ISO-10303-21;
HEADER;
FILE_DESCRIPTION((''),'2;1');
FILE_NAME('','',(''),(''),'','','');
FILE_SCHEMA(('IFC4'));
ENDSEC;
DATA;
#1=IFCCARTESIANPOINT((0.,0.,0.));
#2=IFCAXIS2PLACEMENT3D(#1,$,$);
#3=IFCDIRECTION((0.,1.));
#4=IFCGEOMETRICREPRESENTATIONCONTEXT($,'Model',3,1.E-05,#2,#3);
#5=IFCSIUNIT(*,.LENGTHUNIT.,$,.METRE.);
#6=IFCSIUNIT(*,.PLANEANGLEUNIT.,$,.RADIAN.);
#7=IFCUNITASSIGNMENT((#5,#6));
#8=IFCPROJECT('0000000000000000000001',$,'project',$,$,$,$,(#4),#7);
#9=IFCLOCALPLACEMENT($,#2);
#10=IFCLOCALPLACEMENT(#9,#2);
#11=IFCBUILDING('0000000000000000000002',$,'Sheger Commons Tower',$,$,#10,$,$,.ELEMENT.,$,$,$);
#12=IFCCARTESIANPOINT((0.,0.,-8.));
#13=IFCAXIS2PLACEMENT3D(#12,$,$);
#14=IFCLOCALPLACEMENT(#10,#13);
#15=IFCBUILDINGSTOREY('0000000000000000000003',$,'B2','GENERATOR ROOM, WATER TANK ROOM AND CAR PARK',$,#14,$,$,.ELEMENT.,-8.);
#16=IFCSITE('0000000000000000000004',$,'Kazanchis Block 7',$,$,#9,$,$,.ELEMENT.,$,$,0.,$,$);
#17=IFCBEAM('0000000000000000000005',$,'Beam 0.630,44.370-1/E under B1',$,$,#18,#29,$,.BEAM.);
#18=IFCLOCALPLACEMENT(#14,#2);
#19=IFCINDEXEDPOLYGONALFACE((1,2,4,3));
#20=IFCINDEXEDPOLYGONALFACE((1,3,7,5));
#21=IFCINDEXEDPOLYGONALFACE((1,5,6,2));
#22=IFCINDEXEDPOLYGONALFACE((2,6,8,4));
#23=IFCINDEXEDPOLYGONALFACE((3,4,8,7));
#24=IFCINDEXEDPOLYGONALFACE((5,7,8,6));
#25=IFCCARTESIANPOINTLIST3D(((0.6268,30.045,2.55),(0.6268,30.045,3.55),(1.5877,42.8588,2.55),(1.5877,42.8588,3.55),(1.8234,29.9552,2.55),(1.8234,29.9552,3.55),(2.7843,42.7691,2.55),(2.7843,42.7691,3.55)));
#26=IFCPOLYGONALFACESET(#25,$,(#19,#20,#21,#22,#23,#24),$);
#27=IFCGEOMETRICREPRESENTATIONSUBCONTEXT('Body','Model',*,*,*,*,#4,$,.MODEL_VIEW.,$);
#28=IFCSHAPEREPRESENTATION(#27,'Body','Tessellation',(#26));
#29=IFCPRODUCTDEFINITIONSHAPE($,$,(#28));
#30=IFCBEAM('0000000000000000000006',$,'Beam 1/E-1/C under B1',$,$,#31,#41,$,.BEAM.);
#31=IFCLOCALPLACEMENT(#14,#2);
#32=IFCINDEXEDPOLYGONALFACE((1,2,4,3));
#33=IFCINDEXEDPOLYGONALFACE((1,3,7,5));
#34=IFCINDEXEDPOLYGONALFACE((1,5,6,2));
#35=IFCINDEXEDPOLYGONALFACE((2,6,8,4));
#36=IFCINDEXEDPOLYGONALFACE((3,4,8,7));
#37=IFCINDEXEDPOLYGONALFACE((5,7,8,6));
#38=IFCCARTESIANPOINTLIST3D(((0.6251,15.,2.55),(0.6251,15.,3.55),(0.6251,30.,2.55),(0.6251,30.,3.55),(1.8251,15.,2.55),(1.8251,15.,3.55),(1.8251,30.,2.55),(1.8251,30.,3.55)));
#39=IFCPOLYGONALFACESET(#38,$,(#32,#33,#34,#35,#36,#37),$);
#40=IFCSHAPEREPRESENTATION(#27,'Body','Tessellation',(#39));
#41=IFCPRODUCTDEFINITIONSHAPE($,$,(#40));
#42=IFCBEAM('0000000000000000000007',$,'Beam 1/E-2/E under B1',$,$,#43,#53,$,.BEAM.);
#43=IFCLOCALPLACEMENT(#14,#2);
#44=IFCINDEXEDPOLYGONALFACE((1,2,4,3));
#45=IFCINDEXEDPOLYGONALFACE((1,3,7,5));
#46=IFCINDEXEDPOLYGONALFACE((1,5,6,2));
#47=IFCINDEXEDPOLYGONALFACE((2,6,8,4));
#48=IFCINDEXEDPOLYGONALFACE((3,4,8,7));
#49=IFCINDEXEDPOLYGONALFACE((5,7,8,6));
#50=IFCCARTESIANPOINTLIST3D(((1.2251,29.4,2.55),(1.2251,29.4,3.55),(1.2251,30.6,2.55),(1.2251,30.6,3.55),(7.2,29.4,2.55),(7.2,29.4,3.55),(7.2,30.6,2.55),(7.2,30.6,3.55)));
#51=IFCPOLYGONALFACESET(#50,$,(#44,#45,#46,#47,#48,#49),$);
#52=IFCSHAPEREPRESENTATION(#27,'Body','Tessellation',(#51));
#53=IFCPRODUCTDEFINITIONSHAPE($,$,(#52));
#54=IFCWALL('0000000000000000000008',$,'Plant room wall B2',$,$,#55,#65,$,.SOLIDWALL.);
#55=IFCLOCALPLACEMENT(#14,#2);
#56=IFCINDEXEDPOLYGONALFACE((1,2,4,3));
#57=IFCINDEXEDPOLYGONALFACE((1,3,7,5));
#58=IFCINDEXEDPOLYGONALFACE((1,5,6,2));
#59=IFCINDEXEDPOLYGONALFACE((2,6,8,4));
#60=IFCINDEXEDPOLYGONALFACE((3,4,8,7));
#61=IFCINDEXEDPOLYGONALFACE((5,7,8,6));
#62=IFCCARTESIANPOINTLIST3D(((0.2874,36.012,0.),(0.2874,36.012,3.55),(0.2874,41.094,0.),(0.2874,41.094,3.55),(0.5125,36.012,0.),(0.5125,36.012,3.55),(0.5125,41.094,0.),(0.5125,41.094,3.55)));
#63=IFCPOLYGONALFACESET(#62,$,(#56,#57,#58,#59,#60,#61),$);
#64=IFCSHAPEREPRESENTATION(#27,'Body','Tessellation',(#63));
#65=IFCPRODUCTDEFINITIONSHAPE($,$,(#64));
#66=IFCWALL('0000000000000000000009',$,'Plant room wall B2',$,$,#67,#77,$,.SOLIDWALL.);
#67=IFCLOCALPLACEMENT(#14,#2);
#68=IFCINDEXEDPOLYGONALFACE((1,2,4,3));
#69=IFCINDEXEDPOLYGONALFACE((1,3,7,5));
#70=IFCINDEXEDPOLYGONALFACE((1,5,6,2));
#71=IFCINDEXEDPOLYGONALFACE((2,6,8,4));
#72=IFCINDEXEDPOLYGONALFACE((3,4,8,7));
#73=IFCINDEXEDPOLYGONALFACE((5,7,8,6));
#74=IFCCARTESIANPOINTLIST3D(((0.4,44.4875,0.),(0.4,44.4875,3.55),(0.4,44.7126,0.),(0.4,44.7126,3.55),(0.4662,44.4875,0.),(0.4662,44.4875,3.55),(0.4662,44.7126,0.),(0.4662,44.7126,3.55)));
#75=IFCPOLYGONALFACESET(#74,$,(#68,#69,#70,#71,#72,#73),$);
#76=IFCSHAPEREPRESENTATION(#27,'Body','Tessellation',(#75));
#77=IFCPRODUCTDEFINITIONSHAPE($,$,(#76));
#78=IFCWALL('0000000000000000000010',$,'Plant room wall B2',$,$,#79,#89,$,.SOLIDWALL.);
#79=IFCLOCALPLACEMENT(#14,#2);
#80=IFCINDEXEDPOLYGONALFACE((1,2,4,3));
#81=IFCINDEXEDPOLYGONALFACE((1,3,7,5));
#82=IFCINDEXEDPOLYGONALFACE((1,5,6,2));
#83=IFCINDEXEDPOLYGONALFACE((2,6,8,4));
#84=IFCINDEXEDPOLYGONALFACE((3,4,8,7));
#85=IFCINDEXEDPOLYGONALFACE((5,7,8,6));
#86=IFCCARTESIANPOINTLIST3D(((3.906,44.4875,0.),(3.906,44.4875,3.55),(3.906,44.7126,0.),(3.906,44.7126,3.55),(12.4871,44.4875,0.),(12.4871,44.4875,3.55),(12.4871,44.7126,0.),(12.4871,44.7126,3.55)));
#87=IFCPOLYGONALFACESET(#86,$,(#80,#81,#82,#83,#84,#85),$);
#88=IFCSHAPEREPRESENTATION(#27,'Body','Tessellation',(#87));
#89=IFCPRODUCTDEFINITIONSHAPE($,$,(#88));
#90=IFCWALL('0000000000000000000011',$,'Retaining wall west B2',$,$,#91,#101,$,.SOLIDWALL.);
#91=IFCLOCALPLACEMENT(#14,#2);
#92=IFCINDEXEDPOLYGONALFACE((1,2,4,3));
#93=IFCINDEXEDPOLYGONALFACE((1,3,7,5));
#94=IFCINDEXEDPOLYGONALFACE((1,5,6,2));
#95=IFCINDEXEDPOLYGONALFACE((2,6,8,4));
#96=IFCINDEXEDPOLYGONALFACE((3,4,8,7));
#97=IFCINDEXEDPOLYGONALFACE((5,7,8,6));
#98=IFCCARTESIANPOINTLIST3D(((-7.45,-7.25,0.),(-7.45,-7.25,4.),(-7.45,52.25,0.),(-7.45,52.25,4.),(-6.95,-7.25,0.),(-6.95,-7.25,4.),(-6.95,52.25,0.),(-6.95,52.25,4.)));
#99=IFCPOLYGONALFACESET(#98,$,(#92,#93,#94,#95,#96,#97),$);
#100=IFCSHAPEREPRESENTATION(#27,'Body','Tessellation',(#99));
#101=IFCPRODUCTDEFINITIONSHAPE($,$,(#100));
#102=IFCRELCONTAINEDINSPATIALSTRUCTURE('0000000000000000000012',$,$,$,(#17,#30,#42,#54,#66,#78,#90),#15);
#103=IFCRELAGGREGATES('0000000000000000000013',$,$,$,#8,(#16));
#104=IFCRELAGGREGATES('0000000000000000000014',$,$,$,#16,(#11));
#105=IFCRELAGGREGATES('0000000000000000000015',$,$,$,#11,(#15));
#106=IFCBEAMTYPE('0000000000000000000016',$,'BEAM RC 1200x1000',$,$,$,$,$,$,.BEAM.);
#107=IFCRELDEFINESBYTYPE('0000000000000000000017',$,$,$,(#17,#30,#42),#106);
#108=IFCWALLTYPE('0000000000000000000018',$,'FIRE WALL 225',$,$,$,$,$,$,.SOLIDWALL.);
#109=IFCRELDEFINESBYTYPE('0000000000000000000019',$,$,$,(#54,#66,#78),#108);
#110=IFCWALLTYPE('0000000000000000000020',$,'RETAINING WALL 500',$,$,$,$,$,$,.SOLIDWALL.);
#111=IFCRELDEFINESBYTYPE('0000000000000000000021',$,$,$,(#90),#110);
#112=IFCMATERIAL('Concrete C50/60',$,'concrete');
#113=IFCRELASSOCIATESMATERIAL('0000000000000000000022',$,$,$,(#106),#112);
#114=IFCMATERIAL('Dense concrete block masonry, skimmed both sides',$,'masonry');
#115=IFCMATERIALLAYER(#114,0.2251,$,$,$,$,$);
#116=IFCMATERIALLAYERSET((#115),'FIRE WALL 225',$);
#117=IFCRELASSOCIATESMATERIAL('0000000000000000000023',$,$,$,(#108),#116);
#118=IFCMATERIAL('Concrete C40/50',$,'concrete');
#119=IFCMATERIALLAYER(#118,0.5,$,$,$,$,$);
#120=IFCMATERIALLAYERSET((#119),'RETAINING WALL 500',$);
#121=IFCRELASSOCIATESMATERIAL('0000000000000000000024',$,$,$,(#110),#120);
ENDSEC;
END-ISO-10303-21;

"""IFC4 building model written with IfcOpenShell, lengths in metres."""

from ifc_helpers import new_model, si_unit, direction, frame, frame_2d, origin, origin_2d, place, context, subcontext, project, spatial, rectangle, extrude, material, layer, layer_set, material_profile, profile_set, type_object, element, save


model = new_model("IFC4")

# Units and contexts
model_context = context("Model", 3, precision=1e-05, world=origin(), true_north=direction((0.0, 1.0)))
body_context = subcontext(model_context, "Body", "Model", "MODEL_VIEW")
ifc_project = project(units=[si_unit("LENGTHUNIT", "METRE"), si_unit("PLANEANGLEUNIT", "RADIAN")], contexts=[model_context])

# Site, building, storey
site_placement = place(None, origin())
site = spatial("IfcSite", under=ifc_project, at=site_placement, Name="Kazanchis Block 7", CompositionType="ELEMENT", RefElevation=0.0)
building_placement = place(site_placement, origin())
building = spatial("IfcBuilding", under=site, at=building_placement, Name="Sheger Commons Tower", CompositionType="ELEMENT")
storey_placement = place(building_placement, frame((0.0, 0.0, -8.0)))
storey = spatial("IfcBuildingStorey", under=building, at=storey_placement, Name="B2", Description="GENERATOR ROOM, WATER TANK ROOM AND CAR PARK", CompositionType="ELEMENT", Elevation=-8.0)

# Beams
ifc_material_1 = material(Name="Concrete C50/60", Category="concrete")
ifc_material_profile_1 = material_profile(ifc_material_1, rectangle(XDim=1.2, YDim=1.0, at=origin_2d()), Name="RC 1200x1000")
ifc_profile_set_1 = profile_set([ifc_material_profile_1], Name="Concrete C50/60")
beam_type = type_object("IfcBeamType", Name="BEAM RC 1200x1000", PredefinedType="BEAM", material=ifc_profile_set_1)
beam_1_placement = place(storey_placement, frame((2.186, 42.814, 3.05), z_axis=(-0.074781, -0.9972, 0.0), x_axis=(0.9972, -0.074781, 0.0)))
element("IfcBeam", 1, at=beam_1_placement, inside=storey, type_object=beam_type, Name="Beam 0.630,44.370-1/E under B1", PredefinedType="BEAM", context=body_context, shape_type="SweptSolid", body=[
    extrude(rectangle(XDim=1.2, YDim=1.0, at=origin_2d()), origin(), (0.0, 0.0, 1.0), 12.8499),
])
beam_2_placement = place(storey_placement, frame((1.2251, 30.0, 3.05), z_axis=(0.0, -1.0, 0.0), x_axis=(1.0, 0.0, 0.0)))
element("IfcBeam", 2, at=beam_2_placement, inside=storey, type_object=beam_type, Name="Beam 1/E-1/C under B1", PredefinedType="BEAM", context=body_context, shape_type="SweptSolid", body=[
    extrude(rectangle(XDim=1.2, YDim=1.0, at=origin_2d()), origin(), (0.0, 0.0, 1.0), 15.0),
])
beam_3_placement = place(storey_placement, frame((1.2251, 30.0, 3.05), z_axis=(1.0, 0.0, 0.0), x_axis=(0.0, 1.0, 0.0)))
element("IfcBeam", 3, at=beam_3_placement, inside=storey, type_object=beam_type, Name="Beam 1/E-2/E under B1", PredefinedType="BEAM", context=body_context, shape_type="SweptSolid", body=[
    extrude(rectangle(XDim=1.2, YDim=1.0, at=origin_2d()), origin(), (0.0, 0.0, 1.0), 5.9749),
])

# Shared definitions
ifc_material_2 = material(Name="Dense concrete block masonry, skimmed both sides", Category="masonry")
ifc_layer_1 = layer(ifc_material_2, 0.2251)
ifc_layer_set_1 = layer_set([ifc_layer_1], Name="FIRE WALL 225")
wall_type_1 = type_object("IfcWallType", Name="FIRE WALL 225", PredefinedType="SOLIDWALL", material=ifc_layer_set_1)

# Walls
wall_1_placement = place(storey_placement, frame((0.3999, 36.012, 0.0), z_axis=(0.0, 0.0, 1.0), x_axis=(0.0, 1.0, 0.0)))
element("IfcWall", 4, at=wall_1_placement, inside=storey, type_object=wall_type_1, Name="Plant room wall B2", PredefinedType="SOLIDWALL", context=body_context, shape_type="SweptSolid", body=[
    extrude(rectangle(XDim=5.082, YDim=0.2251, at=frame_2d((2.541, 0.0))), origin(), (0.0, 0.0, 1.0), 3.55),
])
wall_2_placement = place(storey_placement, frame((0.3999, 44.6001, 0.0), z_axis=(0.0, 0.0, 1.0), x_axis=(1.0, 0.0, 0.0)))
element("IfcWall", 5, at=wall_2_placement, inside=storey, type_object=wall_type_1, Name="Plant room wall B2", PredefinedType="SOLIDWALL", context=body_context, shape_type="SweptSolid", body=[
    extrude(rectangle(XDim=0.0662, YDim=0.2251, at=frame_2d((0.0332, 0.0))), origin(), (0.0, 0.0, 1.0), 3.55),
])
wall_3_placement = place(storey_placement, frame((3.906, 44.6001, 0.0), z_axis=(0.0, 0.0, 1.0), x_axis=(1.0, 0.0, 0.0)))
element("IfcWall", 6, at=wall_3_placement, inside=storey, type_object=wall_type_1, Name="Plant room wall B2", PredefinedType="SOLIDWALL", context=body_context, shape_type="SweptSolid", body=[
    extrude(rectangle(XDim=8.5811, YDim=0.2251, at=frame_2d((4.2905, 0.0))), origin(), (0.0, 0.0, 1.0), 3.55),
])
ifc_material_3 = material(Name="Concrete C40/50", Category="concrete")
ifc_layer_2 = layer(ifc_material_3, 0.5)
ifc_layer_set_2 = layer_set([ifc_layer_2], Name="RETAINING WALL 500")
wall_type_2 = type_object("IfcWallType", Name="RETAINING WALL 500", PredefinedType="SOLIDWALL", material=ifc_layer_set_2)
wall_4_placement = place(storey_placement, frame((-7.2, 52.25, 0.0), z_axis=(0.0, 0.0, 1.0), x_axis=(0.0, -1.0, 0.0)))
element("IfcWall", 7, at=wall_4_placement, inside=storey, type_object=wall_type_2, Name="Retaining wall west B2", PredefinedType="SOLIDWALL", context=body_context, shape_type="SweptSolid", body=[
    extrude(rectangle(XDim=59.5, YDim=0.5, at=frame_2d((29.75, 0.0))), origin(), (0.0, 0.0, 1.0), 4.0),
])

save(model, "model.ifc")
